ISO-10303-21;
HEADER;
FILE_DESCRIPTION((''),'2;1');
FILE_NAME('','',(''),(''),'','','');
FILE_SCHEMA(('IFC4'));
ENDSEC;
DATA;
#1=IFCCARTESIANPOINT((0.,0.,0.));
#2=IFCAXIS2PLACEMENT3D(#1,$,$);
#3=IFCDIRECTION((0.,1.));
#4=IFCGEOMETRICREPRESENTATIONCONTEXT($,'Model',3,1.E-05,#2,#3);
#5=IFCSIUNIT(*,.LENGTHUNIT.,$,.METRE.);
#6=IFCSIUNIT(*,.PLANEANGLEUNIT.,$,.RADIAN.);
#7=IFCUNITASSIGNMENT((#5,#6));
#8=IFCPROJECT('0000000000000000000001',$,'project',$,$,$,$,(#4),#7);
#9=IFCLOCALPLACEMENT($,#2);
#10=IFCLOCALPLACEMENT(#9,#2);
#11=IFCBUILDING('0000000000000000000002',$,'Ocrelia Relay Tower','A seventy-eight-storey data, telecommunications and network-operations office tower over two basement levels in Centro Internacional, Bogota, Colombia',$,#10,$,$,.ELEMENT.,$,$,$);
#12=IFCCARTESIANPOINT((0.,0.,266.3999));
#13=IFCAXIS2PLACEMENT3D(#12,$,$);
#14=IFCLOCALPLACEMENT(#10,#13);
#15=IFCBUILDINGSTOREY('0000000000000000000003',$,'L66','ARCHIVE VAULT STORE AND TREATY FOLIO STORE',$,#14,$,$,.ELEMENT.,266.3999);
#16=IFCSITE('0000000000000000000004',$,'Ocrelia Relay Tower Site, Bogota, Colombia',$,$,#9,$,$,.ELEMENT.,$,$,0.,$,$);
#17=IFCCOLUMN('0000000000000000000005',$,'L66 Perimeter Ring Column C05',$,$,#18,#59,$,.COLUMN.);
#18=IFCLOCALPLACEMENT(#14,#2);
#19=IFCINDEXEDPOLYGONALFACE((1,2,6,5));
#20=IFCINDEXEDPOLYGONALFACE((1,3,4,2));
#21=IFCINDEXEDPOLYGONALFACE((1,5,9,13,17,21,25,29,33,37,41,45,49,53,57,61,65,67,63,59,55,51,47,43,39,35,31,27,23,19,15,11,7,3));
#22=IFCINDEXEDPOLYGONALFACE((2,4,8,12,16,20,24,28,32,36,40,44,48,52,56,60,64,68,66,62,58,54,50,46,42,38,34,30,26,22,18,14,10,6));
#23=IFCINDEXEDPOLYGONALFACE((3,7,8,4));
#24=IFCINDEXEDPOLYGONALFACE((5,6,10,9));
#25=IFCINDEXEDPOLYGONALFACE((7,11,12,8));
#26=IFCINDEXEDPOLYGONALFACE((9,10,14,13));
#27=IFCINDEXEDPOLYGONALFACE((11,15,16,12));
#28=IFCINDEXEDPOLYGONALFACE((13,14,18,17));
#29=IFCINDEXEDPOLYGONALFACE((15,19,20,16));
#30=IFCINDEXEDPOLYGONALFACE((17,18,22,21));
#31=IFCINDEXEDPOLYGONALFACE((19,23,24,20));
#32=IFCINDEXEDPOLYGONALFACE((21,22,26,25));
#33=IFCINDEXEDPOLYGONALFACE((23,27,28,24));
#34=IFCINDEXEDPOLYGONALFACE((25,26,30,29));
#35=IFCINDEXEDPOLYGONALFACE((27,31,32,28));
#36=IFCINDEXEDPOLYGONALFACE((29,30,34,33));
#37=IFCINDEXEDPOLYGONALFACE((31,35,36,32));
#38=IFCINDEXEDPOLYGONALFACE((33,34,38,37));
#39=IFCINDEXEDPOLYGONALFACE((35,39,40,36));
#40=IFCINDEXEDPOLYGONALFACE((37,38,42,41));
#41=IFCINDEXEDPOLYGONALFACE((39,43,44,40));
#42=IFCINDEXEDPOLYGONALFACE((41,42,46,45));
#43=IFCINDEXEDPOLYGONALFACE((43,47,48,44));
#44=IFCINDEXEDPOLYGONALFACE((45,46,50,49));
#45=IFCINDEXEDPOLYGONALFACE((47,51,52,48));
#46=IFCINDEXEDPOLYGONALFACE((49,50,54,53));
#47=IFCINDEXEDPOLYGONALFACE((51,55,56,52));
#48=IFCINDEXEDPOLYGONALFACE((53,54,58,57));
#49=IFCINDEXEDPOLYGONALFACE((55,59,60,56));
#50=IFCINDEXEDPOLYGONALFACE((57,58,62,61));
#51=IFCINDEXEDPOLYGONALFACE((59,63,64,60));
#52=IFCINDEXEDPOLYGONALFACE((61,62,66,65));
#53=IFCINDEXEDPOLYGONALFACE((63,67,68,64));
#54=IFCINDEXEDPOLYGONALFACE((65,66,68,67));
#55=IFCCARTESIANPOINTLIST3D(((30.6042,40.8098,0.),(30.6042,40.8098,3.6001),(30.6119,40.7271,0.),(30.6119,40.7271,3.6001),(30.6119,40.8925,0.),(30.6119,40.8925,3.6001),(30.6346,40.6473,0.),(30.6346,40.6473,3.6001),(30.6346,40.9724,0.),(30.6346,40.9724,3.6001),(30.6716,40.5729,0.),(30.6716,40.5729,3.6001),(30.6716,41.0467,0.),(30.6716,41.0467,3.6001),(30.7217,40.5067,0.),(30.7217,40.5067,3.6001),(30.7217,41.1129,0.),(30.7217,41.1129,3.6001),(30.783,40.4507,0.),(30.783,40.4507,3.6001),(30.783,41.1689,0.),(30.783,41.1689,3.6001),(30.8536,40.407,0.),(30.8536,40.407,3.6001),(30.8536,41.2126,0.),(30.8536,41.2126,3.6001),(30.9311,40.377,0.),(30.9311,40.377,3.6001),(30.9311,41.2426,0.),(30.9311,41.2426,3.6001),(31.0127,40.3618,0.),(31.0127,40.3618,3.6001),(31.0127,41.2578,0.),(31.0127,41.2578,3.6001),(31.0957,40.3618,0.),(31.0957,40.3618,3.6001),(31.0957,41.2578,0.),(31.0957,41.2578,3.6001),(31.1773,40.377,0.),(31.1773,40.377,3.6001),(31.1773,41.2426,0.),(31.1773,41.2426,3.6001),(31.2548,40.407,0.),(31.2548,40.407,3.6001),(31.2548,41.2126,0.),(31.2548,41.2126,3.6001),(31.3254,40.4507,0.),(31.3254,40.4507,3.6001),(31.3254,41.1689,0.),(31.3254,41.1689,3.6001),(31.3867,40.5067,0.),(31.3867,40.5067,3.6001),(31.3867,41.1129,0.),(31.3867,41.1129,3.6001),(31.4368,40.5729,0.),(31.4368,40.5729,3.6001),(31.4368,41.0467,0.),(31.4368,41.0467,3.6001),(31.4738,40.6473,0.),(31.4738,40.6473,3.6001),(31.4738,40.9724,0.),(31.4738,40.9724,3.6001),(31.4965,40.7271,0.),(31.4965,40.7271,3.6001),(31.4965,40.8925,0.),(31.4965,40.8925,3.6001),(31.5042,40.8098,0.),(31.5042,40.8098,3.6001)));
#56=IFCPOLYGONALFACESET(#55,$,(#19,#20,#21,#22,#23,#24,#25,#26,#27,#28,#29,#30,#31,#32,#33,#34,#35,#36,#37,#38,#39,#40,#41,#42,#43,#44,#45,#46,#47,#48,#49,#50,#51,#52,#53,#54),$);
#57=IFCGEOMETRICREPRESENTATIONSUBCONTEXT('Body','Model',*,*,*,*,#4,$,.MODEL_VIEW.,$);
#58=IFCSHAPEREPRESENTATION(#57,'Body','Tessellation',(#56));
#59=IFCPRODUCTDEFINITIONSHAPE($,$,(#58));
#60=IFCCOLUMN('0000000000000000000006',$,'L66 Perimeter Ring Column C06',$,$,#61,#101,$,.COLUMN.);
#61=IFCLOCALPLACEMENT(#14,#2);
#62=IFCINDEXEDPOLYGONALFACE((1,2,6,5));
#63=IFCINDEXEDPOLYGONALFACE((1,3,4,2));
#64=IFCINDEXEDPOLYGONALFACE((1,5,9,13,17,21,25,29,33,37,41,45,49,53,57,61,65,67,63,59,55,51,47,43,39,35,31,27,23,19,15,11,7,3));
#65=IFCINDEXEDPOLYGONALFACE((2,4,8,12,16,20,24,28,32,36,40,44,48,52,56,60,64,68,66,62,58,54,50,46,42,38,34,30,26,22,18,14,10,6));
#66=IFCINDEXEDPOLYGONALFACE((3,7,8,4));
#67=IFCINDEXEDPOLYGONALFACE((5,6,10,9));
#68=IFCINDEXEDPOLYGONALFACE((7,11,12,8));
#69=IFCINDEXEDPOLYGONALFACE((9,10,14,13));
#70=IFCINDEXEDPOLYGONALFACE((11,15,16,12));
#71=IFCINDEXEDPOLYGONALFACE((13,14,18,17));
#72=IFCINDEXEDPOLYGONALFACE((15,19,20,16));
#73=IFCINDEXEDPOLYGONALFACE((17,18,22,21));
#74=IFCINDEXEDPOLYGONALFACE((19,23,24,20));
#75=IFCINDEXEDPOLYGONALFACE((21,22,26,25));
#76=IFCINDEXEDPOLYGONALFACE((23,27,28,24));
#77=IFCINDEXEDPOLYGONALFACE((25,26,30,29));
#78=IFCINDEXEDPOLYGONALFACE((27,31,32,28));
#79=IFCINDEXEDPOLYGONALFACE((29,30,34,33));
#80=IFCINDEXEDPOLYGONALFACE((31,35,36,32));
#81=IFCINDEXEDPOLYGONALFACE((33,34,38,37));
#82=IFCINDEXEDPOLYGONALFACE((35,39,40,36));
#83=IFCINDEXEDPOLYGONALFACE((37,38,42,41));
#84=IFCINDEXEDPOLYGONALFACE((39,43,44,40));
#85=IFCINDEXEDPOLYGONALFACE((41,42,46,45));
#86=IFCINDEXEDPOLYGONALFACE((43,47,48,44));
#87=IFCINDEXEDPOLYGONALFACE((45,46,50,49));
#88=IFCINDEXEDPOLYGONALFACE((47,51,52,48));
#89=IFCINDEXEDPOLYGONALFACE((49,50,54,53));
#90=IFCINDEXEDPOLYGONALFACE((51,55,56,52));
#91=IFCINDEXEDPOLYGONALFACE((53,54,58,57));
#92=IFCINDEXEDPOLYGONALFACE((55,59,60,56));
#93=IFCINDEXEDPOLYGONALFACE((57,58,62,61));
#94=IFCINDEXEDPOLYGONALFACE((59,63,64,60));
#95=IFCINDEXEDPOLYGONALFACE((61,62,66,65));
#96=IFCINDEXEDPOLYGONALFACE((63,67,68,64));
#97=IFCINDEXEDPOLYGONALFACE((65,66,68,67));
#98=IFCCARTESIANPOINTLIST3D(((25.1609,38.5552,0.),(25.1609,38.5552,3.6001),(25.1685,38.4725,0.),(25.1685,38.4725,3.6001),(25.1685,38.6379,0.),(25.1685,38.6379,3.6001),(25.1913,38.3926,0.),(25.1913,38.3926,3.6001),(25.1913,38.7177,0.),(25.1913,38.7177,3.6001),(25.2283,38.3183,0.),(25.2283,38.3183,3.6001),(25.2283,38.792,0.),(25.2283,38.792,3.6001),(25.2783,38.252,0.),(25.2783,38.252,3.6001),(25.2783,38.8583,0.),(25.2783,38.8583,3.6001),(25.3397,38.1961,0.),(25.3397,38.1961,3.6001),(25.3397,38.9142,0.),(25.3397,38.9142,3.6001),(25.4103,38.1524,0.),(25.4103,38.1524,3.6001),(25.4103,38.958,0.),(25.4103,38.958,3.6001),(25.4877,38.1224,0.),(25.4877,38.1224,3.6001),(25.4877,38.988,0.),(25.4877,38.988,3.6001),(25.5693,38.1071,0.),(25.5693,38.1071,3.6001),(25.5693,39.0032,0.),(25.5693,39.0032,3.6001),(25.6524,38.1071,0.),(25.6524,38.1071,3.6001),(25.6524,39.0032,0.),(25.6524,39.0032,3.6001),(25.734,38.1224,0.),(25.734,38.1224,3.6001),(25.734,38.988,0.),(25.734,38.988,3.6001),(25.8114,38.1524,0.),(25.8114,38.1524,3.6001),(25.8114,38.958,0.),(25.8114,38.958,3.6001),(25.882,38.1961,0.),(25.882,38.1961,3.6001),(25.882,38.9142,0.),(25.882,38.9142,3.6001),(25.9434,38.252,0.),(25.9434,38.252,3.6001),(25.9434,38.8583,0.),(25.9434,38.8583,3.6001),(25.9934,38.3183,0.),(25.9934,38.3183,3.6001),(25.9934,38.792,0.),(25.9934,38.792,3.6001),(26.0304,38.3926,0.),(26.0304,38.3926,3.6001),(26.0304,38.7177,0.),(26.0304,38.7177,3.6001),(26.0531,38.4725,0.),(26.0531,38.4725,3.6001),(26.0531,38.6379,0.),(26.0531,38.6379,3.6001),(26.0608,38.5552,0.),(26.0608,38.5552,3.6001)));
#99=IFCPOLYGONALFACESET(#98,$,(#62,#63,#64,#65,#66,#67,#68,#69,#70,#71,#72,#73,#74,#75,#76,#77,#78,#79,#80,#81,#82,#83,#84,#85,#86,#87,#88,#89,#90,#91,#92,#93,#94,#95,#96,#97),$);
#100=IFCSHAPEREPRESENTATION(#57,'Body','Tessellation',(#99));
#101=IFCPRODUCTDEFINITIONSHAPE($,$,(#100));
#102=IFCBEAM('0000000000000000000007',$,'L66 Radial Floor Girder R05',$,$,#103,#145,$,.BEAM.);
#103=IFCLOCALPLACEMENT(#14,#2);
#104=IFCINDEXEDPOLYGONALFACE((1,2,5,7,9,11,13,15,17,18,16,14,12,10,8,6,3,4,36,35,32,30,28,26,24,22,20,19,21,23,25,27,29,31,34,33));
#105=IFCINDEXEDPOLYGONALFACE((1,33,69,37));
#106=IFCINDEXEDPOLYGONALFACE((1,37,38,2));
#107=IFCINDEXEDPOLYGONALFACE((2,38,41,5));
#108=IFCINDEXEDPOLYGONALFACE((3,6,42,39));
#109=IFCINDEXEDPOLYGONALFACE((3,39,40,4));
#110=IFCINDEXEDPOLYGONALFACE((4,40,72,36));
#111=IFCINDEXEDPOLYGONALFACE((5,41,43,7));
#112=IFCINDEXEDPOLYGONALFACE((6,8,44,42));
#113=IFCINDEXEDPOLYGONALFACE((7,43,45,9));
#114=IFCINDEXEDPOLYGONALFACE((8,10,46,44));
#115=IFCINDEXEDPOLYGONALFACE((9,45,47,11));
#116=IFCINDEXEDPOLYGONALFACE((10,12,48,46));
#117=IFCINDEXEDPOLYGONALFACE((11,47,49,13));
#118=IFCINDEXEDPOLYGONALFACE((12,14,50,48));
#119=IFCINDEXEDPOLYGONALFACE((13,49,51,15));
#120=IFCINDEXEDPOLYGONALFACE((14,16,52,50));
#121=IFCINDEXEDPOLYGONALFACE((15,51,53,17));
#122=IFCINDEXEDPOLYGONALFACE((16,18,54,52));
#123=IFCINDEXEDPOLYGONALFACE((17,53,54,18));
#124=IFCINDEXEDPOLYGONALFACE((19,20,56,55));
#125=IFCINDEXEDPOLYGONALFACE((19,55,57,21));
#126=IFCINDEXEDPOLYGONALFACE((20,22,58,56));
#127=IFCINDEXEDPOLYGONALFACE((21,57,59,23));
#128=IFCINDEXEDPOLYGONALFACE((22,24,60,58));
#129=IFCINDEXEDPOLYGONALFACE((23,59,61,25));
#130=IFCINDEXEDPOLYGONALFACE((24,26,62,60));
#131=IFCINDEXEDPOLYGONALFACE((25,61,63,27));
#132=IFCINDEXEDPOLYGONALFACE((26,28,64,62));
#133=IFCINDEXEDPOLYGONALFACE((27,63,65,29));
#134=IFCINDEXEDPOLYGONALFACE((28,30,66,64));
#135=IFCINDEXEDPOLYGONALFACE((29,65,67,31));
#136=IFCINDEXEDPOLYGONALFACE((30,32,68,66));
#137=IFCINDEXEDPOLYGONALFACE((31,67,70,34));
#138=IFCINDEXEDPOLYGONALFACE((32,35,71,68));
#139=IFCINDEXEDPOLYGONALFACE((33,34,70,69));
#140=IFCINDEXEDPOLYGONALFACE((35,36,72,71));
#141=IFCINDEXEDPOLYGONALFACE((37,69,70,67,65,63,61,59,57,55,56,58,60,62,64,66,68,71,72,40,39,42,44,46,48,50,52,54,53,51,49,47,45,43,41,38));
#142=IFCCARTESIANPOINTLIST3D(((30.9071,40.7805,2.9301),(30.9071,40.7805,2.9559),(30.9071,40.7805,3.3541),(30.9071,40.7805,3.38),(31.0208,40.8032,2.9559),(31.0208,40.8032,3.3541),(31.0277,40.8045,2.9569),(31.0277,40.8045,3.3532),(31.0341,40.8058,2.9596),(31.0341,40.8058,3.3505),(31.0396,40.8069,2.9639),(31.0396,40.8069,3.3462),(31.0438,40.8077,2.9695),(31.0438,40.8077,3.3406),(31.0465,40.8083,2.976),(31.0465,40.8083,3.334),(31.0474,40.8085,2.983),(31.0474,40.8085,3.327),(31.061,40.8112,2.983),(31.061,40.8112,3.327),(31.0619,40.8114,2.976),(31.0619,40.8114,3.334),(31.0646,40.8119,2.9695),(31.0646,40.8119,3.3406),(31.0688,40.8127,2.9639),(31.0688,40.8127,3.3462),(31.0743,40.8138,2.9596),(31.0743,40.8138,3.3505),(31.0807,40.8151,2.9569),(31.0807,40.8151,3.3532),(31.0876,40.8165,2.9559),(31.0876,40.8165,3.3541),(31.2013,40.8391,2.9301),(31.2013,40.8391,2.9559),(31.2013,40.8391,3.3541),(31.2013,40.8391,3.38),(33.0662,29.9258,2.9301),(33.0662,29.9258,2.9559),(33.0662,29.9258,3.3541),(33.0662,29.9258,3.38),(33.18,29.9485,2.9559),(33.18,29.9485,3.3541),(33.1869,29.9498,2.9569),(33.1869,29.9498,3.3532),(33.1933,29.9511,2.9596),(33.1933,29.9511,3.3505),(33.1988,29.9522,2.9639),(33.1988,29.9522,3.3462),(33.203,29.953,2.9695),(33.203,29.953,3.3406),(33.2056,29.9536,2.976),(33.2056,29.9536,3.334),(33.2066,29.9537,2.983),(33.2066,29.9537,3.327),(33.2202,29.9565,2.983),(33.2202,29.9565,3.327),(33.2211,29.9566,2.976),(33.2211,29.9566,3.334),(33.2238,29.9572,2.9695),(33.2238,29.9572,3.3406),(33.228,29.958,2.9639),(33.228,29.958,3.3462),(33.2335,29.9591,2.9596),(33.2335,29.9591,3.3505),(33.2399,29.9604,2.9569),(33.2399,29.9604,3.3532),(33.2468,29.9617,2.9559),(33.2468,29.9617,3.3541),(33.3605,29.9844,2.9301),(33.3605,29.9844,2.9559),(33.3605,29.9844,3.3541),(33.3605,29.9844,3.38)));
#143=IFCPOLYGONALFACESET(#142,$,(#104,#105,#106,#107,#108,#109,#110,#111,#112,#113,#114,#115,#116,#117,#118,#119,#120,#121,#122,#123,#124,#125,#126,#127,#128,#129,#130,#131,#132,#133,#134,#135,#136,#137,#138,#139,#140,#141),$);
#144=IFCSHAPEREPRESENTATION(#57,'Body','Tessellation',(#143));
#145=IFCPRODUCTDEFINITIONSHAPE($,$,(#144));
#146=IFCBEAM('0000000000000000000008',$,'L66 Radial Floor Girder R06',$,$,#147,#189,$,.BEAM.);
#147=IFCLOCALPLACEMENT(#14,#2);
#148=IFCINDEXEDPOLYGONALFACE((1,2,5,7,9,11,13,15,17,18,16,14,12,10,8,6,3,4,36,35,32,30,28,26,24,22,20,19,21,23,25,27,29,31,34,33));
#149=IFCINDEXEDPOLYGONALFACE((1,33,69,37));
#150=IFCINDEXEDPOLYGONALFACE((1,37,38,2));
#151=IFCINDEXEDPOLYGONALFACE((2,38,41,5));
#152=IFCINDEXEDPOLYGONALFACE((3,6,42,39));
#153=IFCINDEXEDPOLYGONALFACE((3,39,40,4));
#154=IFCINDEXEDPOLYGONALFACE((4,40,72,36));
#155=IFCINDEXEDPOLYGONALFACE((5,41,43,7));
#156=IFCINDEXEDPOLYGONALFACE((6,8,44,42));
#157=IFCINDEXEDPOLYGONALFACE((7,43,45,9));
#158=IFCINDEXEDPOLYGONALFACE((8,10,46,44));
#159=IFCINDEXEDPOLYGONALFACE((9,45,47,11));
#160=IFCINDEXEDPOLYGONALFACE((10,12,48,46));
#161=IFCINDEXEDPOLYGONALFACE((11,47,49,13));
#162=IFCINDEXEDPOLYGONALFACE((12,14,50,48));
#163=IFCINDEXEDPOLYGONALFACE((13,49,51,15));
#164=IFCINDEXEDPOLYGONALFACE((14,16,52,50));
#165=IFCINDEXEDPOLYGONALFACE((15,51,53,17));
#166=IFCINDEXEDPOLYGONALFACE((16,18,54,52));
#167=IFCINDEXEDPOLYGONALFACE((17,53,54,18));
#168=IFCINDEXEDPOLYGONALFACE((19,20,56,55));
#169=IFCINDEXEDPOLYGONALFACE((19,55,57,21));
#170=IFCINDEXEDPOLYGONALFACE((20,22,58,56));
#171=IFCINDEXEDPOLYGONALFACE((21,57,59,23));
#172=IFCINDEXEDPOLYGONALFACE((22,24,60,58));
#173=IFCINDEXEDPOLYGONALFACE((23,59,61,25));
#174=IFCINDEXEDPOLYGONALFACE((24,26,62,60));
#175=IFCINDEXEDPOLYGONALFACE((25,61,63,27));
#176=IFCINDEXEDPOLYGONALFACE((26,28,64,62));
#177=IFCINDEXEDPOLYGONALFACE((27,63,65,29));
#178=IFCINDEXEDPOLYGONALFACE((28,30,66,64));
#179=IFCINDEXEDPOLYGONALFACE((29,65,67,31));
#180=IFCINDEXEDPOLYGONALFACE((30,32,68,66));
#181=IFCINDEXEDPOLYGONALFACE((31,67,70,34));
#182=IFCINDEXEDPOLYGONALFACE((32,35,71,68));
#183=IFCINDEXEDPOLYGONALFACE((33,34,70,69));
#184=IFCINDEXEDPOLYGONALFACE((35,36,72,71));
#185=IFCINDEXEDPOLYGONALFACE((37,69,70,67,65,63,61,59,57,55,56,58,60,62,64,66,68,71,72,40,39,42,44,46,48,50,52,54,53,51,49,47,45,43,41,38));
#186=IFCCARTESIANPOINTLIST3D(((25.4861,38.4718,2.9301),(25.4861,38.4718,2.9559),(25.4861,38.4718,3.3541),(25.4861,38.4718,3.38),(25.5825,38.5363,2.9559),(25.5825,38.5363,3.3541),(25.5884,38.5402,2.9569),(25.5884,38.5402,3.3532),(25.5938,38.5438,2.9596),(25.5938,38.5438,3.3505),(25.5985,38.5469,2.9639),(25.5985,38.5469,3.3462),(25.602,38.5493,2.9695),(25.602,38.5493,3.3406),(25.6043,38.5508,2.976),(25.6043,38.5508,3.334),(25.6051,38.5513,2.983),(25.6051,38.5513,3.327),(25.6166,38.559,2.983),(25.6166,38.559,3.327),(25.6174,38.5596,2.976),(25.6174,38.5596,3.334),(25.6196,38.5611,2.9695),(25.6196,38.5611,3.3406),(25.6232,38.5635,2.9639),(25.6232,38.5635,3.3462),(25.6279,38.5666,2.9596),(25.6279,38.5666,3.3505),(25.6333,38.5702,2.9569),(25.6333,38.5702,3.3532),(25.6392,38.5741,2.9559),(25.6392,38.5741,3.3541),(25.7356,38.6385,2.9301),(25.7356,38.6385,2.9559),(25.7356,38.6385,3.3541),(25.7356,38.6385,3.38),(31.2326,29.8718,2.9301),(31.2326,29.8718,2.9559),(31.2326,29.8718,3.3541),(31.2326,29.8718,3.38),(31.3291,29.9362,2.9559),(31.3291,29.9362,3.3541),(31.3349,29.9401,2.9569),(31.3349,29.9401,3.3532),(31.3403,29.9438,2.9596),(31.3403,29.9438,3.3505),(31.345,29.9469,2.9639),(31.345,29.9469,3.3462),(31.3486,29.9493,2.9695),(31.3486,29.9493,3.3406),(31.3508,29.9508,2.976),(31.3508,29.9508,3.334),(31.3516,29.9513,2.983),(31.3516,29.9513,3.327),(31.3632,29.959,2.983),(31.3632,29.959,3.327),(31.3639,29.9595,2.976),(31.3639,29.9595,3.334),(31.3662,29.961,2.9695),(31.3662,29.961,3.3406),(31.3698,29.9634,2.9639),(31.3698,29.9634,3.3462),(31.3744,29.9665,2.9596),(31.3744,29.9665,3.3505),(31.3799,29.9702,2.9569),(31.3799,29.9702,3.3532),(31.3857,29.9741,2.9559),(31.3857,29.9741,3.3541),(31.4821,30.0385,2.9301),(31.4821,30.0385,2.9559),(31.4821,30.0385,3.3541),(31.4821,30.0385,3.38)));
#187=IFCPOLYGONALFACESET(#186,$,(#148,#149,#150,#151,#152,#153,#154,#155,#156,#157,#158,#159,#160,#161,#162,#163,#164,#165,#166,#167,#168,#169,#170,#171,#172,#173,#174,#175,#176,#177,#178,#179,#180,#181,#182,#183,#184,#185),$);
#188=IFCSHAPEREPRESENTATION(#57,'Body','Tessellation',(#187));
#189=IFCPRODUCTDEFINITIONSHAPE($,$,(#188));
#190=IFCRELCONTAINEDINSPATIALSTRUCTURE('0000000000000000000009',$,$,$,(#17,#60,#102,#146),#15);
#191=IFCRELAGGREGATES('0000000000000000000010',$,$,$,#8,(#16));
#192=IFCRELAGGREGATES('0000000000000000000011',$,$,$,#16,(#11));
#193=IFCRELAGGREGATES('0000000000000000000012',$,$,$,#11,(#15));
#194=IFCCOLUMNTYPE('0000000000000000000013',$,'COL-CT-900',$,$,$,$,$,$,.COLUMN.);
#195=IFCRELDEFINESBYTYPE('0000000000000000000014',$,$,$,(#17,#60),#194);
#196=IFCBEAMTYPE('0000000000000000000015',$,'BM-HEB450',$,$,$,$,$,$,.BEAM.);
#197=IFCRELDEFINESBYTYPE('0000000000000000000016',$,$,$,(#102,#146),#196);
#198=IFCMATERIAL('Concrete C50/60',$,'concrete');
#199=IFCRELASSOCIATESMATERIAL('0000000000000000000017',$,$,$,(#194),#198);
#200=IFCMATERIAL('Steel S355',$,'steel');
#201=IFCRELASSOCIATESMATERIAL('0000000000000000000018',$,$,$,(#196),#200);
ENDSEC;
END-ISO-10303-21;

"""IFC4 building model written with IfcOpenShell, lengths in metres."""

from ifc_helpers import new_model, si_unit, direction, frame, origin, origin_2d, place, context, subcontext, project, spatial, circle, i_section, extrude, material, material_profile, profile_set, type_object, element, save


model = new_model("IFC4")

# Units and contexts
model_context = context("Model", 3, precision=1e-05, world=origin(), true_north=direction((0.0, 1.0)))
body_context = subcontext(model_context, "Body", "Model", "MODEL_VIEW")
ifc_project = project(units=[si_unit("LENGTHUNIT", "METRE"), si_unit("PLANEANGLEUNIT", "RADIAN")], contexts=[model_context])

# Site, building, storey
site_placement = place(None, origin())
site = spatial("IfcSite", under=ifc_project, at=site_placement, Name="Ocrelia Relay Tower Site, Bogota, Colombia", CompositionType="ELEMENT", RefElevation=0.0)
building_placement = place(site_placement, origin())
building = spatial("IfcBuilding", under=site, at=building_placement, Name="Ocrelia Relay Tower", Description="A seventy-eight-storey data, telecommunications and network-operations office tower over two basement levels in Centro Internacional, Bogota, Colombia", CompositionType="ELEMENT")
storey_placement = place(building_placement, frame((0.0, 0.0, 266.3999)))
storey = spatial("IfcBuildingStorey", under=building, at=storey_placement, Name="L66", Description="ARCHIVE VAULT STORE AND TREATY FOLIO STORE", CompositionType="ELEMENT", Elevation=266.3999)

# Columns
ifc_material_1 = material(Name="Concrete C50/60", Category="concrete")
ifc_material_profile_1 = material_profile(ifc_material_1, circle(Radius=0.45, at=origin_2d()), Name="RC-CIR-900")
ifc_profile_set_1 = profile_set([ifc_material_profile_1], Name="Concrete C50/60")
column_type = type_object("IfcColumnType", Name="COL-CT-900", PredefinedType="COLUMN", material=ifc_profile_set_1)
for number, where, z_axis, x_axis, name in (
    (1, (31.0542, 40.8098, 0.0), (0.0, 0.0, 1.0), (1.0, 0.0, 0.0), "L66 Perimeter Ring Column C05"),
    (2, (25.6108, 38.5552, 0.0), (0.0, 0.0, 1.0), (1.0, 0.0, 0.0), "L66 Perimeter Ring Column C06"),
):
    element("IfcColumn", number, at=place(storey_placement, frame(where, z_axis=z_axis, x_axis=x_axis)), inside=storey, type_object=column_type, Name=name, PredefinedType="COLUMN", context=body_context, shape_type="SweptSolid", body=[
        extrude(circle(Radius=0.45, at=origin_2d()), origin(), (0.0, 0.0, 1.0), 3.6001),
    ])

# Beams
ifc_material_2 = material(Name="Steel S355", Category="steel")
ifc_material_profile_2 = material_profile(ifc_material_2, i_section(OverallWidth=0.3, OverallDepth=0.45, WebThickness=0.0139, FlangeThickness=0.0259, FilletRadius=0.0271, at=origin_2d()), Name="HEB 450")
ifc_profile_set_2 = profile_set([ifc_material_profile_2], Name="Steel S355")
beam_type_1 = type_object("IfcBeamType", Name="BM-HEB450", PredefinedType="BEAM", material=ifc_profile_set_2)
beam_1_placement = place(storey_placement, frame((31.0542, 40.8098, 3.155), z_axis=(0.195094, -0.980785, 0.0), x_axis=(0.980785, 0.195094, 0.0)))
element("IfcBeam", 3, at=beam_1_placement, inside=storey, type_object=beam_type_1, Name="L66 Radial Floor Girder R05", PredefinedType="BEAM", context=body_context, shape_type="SweptSolid", body=[
    extrude(i_section(OverallWidth=0.3, OverallDepth=0.45, WebThickness=0.0139, FlangeThickness=0.0259, FilletRadius=0.0271, at=origin_2d()), origin(), (0.0, 0.0, 1.0), 11.0674),
])
beam_2_placement = place(storey_placement, frame((25.6108, 38.5552, 3.155), z_axis=(0.555582, -0.831462, 0.0), x_axis=(0.831462, 0.555582, 0.0)))
element("IfcBeam", 4, at=beam_2_placement, inside=storey, type_object=beam_type_1, Name="L66 Radial Floor Girder R06", PredefinedType="BEAM", context=body_context, shape_type="SweptSolid", body=[
    extrude(i_section(OverallWidth=0.3, OverallDepth=0.45, WebThickness=0.0139, FlangeThickness=0.0259, FilletRadius=0.0271, at=origin_2d()), origin(), (0.0, 0.0, 1.0), 10.3433),
])

save(model, "model.ifc")
